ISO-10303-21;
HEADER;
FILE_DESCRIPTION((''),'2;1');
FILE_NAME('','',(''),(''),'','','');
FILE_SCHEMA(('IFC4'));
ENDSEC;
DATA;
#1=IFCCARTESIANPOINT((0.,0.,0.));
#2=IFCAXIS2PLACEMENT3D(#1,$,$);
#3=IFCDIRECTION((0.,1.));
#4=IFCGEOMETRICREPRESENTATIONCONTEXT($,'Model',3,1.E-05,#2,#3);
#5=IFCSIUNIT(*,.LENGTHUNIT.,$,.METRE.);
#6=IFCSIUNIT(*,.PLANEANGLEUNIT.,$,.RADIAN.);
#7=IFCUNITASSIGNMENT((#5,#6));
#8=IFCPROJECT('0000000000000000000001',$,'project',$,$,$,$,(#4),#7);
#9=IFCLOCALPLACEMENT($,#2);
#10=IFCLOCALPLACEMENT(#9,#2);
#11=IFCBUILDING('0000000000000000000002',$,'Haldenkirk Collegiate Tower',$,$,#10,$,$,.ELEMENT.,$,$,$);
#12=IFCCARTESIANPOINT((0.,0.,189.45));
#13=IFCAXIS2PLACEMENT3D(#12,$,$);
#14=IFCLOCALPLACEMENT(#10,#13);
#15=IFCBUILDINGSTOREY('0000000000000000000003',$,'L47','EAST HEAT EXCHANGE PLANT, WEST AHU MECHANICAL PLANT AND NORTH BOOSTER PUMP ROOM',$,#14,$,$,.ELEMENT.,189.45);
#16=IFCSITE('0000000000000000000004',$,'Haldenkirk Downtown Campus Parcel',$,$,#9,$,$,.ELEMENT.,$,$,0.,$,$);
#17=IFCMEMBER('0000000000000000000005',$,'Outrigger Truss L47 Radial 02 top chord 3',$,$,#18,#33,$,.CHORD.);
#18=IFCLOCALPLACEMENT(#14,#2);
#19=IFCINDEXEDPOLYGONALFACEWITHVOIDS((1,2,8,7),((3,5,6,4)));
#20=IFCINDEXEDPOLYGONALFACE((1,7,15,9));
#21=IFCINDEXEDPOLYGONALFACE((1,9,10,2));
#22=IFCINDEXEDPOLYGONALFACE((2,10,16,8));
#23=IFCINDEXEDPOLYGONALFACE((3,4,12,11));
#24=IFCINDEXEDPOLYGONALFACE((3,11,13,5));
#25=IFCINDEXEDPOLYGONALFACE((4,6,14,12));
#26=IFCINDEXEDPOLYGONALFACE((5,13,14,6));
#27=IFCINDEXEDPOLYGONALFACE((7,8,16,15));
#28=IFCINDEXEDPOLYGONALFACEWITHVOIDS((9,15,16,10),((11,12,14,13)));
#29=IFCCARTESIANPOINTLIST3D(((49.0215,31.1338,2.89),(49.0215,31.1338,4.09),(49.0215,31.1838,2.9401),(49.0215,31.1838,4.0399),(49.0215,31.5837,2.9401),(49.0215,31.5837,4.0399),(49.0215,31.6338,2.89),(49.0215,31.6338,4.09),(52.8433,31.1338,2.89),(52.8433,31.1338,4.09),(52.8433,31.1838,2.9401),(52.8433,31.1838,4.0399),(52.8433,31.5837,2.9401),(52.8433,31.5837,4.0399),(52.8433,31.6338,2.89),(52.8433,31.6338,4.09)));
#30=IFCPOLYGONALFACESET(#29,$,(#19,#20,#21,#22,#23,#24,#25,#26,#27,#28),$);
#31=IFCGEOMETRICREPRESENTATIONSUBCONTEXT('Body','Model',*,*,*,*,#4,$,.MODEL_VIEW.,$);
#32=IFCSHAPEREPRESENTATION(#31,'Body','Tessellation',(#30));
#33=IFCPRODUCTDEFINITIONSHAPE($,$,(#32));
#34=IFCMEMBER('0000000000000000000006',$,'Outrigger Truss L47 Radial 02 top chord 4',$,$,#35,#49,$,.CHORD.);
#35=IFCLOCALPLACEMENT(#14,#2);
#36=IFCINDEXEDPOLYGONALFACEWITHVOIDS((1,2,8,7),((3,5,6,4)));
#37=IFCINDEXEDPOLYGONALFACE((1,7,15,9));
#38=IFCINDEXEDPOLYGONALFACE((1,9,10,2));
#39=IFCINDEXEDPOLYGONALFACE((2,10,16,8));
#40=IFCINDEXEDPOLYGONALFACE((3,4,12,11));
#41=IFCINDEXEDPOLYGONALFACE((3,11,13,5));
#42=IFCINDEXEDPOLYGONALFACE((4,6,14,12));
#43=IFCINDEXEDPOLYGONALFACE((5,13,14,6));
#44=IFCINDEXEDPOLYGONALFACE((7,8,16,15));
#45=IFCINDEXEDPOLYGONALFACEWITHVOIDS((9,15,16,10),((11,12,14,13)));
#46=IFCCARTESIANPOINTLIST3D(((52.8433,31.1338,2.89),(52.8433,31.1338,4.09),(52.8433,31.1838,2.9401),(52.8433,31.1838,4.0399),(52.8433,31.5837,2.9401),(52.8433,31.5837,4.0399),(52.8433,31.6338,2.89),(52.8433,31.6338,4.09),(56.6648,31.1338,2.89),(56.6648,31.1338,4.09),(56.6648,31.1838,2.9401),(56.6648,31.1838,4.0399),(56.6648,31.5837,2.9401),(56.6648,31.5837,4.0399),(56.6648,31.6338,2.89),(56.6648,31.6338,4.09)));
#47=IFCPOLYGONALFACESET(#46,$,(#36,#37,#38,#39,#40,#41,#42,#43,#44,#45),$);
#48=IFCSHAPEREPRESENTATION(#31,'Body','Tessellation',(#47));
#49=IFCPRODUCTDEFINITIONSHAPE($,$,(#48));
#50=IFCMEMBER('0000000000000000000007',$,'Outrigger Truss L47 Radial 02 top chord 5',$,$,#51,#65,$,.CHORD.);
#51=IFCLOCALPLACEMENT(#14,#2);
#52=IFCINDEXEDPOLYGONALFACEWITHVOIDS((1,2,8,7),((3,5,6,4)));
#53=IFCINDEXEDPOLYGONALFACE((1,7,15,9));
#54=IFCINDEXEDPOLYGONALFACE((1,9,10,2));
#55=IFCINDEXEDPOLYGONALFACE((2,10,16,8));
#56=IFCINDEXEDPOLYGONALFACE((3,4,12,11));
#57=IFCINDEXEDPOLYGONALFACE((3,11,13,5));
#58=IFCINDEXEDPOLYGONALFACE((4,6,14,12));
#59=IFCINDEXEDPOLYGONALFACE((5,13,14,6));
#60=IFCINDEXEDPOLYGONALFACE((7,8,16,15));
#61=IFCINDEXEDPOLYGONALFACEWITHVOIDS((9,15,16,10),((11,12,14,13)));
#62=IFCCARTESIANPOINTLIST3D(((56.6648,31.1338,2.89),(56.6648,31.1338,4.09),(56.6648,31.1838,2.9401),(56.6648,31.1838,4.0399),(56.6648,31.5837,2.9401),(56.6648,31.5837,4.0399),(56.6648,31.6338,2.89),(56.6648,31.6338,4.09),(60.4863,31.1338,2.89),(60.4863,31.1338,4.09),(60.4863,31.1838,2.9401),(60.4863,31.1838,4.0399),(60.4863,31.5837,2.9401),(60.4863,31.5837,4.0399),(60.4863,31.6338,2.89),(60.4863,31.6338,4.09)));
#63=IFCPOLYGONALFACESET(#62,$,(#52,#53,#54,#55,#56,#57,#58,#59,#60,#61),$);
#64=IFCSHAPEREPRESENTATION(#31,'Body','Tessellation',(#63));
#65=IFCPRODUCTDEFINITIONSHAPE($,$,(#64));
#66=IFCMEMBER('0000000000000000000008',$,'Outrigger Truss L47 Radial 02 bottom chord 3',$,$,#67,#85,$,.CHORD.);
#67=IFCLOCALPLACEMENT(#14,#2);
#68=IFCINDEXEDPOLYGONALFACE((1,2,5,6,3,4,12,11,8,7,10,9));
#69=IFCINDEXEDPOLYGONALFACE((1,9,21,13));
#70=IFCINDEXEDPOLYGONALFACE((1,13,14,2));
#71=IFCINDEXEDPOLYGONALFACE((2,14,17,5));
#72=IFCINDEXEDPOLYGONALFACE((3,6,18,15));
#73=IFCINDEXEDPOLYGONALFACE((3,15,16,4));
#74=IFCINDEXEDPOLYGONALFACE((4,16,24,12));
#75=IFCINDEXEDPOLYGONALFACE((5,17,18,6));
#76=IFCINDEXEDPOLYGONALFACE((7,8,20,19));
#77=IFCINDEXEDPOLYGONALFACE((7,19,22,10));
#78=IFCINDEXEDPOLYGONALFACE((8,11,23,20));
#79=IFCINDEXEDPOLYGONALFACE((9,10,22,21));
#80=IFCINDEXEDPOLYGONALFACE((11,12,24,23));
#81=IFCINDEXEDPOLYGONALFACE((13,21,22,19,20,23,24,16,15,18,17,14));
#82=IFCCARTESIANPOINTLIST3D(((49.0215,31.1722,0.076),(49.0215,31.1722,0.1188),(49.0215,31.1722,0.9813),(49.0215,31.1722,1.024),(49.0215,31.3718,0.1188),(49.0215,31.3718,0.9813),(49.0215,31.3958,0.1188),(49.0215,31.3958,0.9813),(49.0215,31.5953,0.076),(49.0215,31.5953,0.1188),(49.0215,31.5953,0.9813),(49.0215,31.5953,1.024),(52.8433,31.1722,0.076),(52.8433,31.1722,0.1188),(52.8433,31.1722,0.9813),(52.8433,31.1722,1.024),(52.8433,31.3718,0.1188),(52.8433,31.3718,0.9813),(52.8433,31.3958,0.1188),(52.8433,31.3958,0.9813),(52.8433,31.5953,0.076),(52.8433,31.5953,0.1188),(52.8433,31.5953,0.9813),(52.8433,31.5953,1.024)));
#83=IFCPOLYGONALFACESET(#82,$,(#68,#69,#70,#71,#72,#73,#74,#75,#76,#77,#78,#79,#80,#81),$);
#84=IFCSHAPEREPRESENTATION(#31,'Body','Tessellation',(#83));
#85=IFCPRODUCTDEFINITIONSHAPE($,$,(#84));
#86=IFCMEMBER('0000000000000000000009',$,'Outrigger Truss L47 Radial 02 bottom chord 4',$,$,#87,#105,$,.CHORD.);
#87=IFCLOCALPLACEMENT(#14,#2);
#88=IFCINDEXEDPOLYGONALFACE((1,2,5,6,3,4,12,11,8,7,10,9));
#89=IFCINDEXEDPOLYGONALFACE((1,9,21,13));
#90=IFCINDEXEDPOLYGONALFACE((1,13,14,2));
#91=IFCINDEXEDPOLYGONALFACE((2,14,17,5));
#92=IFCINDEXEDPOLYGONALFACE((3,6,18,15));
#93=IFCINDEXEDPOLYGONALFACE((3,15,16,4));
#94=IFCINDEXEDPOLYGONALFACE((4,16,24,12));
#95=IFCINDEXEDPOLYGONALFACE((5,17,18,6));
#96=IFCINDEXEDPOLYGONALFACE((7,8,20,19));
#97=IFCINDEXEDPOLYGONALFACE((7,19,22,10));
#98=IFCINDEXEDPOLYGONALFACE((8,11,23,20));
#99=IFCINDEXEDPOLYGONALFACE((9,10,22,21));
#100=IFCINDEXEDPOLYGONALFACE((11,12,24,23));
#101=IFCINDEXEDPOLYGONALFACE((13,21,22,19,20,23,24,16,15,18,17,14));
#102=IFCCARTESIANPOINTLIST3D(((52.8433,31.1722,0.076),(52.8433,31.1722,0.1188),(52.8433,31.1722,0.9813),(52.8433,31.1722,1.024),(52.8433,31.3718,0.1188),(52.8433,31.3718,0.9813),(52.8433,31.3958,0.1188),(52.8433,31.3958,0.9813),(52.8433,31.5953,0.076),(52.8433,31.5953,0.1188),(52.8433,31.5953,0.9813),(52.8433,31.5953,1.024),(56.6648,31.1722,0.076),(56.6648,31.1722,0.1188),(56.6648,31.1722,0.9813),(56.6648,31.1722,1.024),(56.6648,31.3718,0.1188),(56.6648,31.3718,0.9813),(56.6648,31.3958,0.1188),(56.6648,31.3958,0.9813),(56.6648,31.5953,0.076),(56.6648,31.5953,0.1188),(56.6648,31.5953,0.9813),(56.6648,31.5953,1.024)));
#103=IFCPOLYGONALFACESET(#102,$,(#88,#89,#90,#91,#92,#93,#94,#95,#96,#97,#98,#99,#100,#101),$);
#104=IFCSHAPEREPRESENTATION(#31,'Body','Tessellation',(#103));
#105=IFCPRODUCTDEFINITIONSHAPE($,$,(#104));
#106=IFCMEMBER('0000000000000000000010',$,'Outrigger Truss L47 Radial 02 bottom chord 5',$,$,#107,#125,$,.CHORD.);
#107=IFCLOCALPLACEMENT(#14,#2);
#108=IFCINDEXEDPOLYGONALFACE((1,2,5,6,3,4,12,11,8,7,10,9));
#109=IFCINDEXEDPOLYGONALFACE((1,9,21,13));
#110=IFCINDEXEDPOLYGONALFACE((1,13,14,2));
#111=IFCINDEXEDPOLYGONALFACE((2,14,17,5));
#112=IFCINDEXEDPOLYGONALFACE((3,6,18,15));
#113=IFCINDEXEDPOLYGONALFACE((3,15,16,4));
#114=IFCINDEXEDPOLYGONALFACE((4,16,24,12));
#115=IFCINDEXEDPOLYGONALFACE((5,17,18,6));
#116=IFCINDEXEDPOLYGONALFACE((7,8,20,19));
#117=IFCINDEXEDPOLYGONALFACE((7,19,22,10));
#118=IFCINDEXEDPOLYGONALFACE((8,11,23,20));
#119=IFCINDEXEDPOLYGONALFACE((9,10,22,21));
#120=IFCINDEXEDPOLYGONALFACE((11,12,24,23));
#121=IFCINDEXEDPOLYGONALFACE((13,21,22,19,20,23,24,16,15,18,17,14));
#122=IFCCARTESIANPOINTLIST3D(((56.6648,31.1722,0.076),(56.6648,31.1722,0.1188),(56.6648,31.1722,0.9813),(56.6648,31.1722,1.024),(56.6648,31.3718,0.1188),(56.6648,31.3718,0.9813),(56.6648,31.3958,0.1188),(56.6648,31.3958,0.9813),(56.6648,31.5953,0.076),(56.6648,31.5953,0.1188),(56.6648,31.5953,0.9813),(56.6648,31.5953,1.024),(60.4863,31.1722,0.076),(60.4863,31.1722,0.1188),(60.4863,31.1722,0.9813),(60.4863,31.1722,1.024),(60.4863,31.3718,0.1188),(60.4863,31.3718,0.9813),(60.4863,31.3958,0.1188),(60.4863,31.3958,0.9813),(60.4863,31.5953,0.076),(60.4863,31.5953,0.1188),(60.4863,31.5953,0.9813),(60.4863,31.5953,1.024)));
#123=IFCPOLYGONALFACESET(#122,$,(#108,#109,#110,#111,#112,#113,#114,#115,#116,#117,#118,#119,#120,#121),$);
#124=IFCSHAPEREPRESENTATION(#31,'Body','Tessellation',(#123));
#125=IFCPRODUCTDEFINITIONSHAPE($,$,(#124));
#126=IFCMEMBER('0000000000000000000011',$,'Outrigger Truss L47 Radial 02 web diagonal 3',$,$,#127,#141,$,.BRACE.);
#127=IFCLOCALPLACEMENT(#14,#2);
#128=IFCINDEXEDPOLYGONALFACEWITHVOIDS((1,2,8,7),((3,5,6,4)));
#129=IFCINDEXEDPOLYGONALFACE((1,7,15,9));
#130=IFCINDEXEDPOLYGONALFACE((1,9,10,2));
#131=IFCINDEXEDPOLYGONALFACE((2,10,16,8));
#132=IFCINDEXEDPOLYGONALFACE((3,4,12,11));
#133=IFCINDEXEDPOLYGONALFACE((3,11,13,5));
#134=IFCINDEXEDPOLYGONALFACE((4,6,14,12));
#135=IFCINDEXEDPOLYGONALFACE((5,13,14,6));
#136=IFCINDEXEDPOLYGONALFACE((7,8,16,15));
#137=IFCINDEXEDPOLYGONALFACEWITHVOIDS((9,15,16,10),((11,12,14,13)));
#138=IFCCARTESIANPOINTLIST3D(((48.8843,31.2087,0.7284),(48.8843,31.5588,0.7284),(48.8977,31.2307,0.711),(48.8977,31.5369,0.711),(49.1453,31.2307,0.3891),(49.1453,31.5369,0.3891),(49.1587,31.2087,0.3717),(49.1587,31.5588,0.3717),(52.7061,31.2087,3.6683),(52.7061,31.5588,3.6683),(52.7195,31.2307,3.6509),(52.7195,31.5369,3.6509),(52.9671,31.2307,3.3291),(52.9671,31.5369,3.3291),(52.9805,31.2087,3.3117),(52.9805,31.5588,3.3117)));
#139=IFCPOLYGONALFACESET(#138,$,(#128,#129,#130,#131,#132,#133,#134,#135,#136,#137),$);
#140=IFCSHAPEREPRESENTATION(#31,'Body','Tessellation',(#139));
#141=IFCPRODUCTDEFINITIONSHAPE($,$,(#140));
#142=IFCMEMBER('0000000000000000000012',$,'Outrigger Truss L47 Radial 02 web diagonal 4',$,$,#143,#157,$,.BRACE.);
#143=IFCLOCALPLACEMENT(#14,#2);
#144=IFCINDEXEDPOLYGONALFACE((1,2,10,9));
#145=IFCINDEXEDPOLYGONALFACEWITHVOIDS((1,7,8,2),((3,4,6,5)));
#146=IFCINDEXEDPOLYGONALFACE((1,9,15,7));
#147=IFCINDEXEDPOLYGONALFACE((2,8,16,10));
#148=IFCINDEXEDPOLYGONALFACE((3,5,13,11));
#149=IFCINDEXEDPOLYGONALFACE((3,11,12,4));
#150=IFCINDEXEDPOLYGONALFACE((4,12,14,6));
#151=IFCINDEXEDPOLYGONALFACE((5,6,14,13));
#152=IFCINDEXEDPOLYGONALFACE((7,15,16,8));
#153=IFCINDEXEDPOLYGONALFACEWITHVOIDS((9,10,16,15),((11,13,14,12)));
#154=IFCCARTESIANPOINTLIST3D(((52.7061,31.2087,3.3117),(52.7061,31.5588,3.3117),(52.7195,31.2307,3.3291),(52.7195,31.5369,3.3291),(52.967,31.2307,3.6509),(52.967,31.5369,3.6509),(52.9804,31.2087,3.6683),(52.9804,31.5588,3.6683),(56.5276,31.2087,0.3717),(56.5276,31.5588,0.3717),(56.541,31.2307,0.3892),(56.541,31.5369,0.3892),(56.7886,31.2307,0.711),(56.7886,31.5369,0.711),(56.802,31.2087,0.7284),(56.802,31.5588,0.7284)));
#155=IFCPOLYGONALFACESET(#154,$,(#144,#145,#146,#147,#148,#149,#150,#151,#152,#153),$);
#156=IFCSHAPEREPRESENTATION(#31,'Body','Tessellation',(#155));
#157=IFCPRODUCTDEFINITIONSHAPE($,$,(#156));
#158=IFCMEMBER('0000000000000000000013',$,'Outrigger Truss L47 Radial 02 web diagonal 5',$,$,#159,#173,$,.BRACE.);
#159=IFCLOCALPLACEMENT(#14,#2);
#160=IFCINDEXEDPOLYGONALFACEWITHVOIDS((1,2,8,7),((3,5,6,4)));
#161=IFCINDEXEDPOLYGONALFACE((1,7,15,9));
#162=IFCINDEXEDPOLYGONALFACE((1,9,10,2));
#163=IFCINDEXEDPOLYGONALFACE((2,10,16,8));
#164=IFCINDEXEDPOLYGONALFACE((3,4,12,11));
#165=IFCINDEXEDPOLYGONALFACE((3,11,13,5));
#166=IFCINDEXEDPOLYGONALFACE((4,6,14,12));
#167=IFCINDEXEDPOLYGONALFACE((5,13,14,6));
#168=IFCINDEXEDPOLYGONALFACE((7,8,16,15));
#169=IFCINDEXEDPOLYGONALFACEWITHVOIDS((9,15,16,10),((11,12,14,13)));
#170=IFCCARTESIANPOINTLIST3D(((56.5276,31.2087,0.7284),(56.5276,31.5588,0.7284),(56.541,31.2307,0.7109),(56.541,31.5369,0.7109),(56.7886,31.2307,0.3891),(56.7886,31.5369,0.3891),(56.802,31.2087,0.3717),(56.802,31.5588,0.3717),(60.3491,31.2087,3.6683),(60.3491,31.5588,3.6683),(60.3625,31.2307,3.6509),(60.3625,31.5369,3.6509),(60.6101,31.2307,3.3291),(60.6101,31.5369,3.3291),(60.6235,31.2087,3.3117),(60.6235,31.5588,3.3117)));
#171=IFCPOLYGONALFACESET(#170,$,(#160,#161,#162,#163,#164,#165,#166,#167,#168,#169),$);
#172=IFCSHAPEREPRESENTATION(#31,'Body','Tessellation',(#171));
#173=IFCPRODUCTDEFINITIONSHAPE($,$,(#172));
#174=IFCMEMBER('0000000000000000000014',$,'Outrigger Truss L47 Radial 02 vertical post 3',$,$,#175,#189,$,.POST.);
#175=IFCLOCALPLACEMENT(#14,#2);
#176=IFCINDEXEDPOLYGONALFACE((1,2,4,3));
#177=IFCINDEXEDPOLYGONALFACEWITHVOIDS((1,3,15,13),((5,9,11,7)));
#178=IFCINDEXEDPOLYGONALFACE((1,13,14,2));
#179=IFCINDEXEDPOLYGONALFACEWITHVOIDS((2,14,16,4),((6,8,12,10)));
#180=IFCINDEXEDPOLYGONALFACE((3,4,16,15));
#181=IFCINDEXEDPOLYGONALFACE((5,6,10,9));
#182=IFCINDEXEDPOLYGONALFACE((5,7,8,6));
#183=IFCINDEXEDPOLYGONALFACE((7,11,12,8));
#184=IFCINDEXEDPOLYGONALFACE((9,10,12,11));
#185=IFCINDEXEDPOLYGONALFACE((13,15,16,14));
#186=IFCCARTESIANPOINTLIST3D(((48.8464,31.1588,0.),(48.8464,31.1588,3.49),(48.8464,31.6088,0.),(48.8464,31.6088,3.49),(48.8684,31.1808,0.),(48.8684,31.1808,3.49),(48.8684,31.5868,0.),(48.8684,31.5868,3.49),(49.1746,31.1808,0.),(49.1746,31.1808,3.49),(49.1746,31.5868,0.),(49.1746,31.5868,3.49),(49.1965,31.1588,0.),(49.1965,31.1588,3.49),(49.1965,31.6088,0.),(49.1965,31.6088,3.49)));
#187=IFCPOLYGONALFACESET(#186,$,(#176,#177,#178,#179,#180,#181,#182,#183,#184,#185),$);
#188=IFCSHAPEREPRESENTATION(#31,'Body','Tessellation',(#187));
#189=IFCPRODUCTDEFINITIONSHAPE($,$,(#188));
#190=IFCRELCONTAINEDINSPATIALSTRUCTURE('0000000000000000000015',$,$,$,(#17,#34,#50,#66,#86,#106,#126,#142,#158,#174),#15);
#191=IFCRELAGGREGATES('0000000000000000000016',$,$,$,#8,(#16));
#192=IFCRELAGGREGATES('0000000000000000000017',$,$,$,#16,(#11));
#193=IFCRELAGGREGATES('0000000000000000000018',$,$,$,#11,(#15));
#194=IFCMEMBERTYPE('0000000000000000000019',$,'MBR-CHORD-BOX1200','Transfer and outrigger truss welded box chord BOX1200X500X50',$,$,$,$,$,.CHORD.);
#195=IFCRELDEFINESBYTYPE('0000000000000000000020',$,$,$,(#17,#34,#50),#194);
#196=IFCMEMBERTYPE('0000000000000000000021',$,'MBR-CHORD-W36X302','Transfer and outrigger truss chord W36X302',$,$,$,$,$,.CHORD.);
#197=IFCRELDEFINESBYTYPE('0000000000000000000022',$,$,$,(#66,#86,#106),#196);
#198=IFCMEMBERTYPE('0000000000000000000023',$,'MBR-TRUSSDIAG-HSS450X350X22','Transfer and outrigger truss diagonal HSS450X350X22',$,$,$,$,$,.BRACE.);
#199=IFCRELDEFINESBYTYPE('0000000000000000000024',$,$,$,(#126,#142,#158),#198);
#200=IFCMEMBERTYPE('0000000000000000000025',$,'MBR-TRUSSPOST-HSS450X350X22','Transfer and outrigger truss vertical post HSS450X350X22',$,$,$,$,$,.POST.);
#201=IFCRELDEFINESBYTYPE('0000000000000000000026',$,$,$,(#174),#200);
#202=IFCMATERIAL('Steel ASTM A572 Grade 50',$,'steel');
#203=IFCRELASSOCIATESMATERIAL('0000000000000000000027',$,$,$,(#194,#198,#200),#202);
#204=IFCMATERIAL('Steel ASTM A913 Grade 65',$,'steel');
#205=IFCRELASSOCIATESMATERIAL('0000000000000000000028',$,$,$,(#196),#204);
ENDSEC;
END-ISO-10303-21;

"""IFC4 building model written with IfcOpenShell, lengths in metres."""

from ifc_helpers import new_model, si_unit, direction, frame, origin, origin_2d, place, context, subcontext, project, spatial, hollow_rectangle, i_section, extrude, material, material_profile, profile_set, type_object, element, save


model = new_model("IFC4")

# Units and contexts
model_context = context("Model", 3, precision=1e-05, world=origin(), true_north=direction((0.0, 1.0)))
body_context = subcontext(model_context, "Body", "Model", "MODEL_VIEW")
ifc_project = project(units=[si_unit("LENGTHUNIT", "METRE"), si_unit("PLANEANGLEUNIT", "RADIAN")], contexts=[model_context])

# Site, building, storey
site_placement = place(None, origin())
site = spatial("IfcSite", under=ifc_project, at=site_placement, Name="Haldenkirk Downtown Campus Parcel", CompositionType="ELEMENT", RefElevation=0.0)
building_placement = place(site_placement, origin())
building = spatial("IfcBuilding", under=site, at=building_placement, Name="Haldenkirk Collegiate Tower", CompositionType="ELEMENT")
storey_placement = place(building_placement, frame((0.0, 0.0, 189.45)))
storey = spatial("IfcBuildingStorey", under=building, at=storey_placement, Name="L47", Description="EAST HEAT EXCHANGE PLANT, WEST AHU MECHANICAL PLANT AND NORTH BOOSTER PUMP ROOM", CompositionType="ELEMENT", Elevation=189.45)

# Members
ifc_material_1 = material(Name="Steel ASTM A572 Grade 50", Category="steel")
ifc_material_profile_1 = material_profile(ifc_material_1, hollow_rectangle(XDim=0.5, YDim=1.2, WallThickness=0.05, at=origin_2d()), Name="BOX1200X500X50")
ifc_profile_set_1 = profile_set([ifc_material_profile_1], Name="Steel ASTM A572 Grade 50")
member_type_1 = type_object("IfcMemberType", Name="MBR-CHORD-BOX1200", Description="Transfer and outrigger truss welded box chord BOX1200X500X50", PredefinedType="CHORD", material=ifc_profile_set_1)
member_1_placement = place(storey_placement, frame((49.0215, 31.3838, 3.49), z_axis=(1.0, 0.0, 0.0), x_axis=(0.0, 1.0, 0.0)))
element("IfcMember", 1, at=member_1_placement, inside=storey, type_object=member_type_1, Name="Outrigger Truss L47 Radial 02 top chord 3", PredefinedType="CHORD", context=body_context, shape_type="SweptSolid", body=[
    extrude(hollow_rectangle(XDim=0.5, YDim=1.2, WallThickness=0.05, at=origin_2d()), origin(), (0.0, 0.0, 1.0), 3.8218),
])
for number, where, z_axis, x_axis, name in (
    (2, (52.8433, 31.3838, 3.49), (1.0, 0.0, 0.0), (0.0, 1.0, 0.0), "Outrigger Truss L47 Radial 02 top chord 4"),
    (3, (56.6648, 31.3838, 3.49), (1.0, 0.0, 0.0), (0.0, 1.0, 0.0), "Outrigger Truss L47 Radial 02 top chord 5"),
):
    element("IfcMember", number, at=place(storey_placement, frame(where, z_axis=z_axis, x_axis=x_axis)), inside=storey, type_object=member_type_1, Name=name, PredefinedType="CHORD", context=body_context, shape_type="SweptSolid", body=[
        extrude(hollow_rectangle(XDim=0.5, YDim=1.2, WallThickness=0.05, at=origin_2d()), origin(), (0.0, 0.0, 1.0), 3.8215),
    ])
ifc_material_2 = material(Name="Steel ASTM A913 Grade 65", Category="steel")
ifc_material_profile_2 = material_profile(ifc_material_2, i_section(OverallWidth=0.4231, OverallDepth=0.948, WebThickness=0.0239, FlangeThickness=0.0427, at=origin_2d()), Name="W36X302")
ifc_profile_set_2 = profile_set([ifc_material_profile_2], Name="Steel ASTM A913 Grade 65")
member_type_2 = type_object("IfcMemberType", Name="MBR-CHORD-W36X302", Description="Transfer and outrigger truss chord W36X302", PredefinedType="CHORD", material=ifc_profile_set_2)
member_2_placement = place(storey_placement, frame((49.0215, 31.3838, 0.55), z_axis=(1.0, 0.0, 0.0), x_axis=(0.0, 1.0, 0.0)))
element("IfcMember", 4, at=member_2_placement, inside=storey, type_object=member_type_2, Name="Outrigger Truss L47 Radial 02 bottom chord 3", PredefinedType="CHORD", context=body_context, shape_type="SweptSolid", body=[
    extrude(i_section(OverallWidth=0.4231, OverallDepth=0.948, WebThickness=0.0239, FlangeThickness=0.0427, at=origin_2d()), origin(), (0.0, 0.0, 1.0), 3.8218),
])
for number, where, z_axis, x_axis, name in (
    (5, (52.8433, 31.3838, 0.55), (1.0, 0.0, 0.0), (0.0, 1.0, 0.0), "Outrigger Truss L47 Radial 02 bottom chord 4"),
    (6, (56.6648, 31.3838, 0.55), (1.0, 0.0, 0.0), (0.0, 1.0, 0.0), "Outrigger Truss L47 Radial 02 bottom chord 5"),
):
    element("IfcMember", number, at=place(storey_placement, frame(where, z_axis=z_axis, x_axis=x_axis)), inside=storey, type_object=member_type_2, Name=name, PredefinedType="CHORD", context=body_context, shape_type="SweptSolid", body=[
        extrude(i_section(OverallWidth=0.4231, OverallDepth=0.948, WebThickness=0.0239, FlangeThickness=0.0427, at=origin_2d()), origin(), (0.0, 0.0, 1.0), 3.8215),
    ])
ifc_material_profile_3 = material_profile(ifc_material_1, hollow_rectangle(XDim=0.3501, YDim=0.45, WallThickness=0.022, at=origin_2d()), Name="HSS450X350X22")
ifc_profile_set_3 = profile_set([ifc_material_profile_3], Name="Steel ASTM A572 Grade 50")
member_type_3 = type_object("IfcMemberType", Name="MBR-TRUSSDIAG-HSS450X350X22", Description="Transfer and outrigger truss diagonal HSS450X350X22", PredefinedType="BRACE", material=ifc_profile_set_3)
member_3_placement = place(storey_placement, frame((49.0215, 31.3838, 0.55), z_axis=(0.792613, 0.0, 0.609725), x_axis=(0.0, 1.0, 0.0)))
element("IfcMember", 7, at=member_3_placement, inside=storey, type_object=member_type_3, Name="Outrigger Truss L47 Radial 02 web diagonal 3", PredefinedType="BRACE", context=body_context, shape_type="SweptSolid", body=[
    extrude(hollow_rectangle(XDim=0.3501, YDim=0.45, WallThickness=0.022, at=origin_2d()), origin(), (0.0, 0.0, 1.0), 4.8218),
])
for number, where, z_axis, x_axis, name in (
    (8, (52.8433, 31.3838, 3.49), (0.792594, 0.0, -0.60975), (0.0, 1.0, 0.0), "Outrigger Truss L47 Radial 02 web diagonal 4"),
    (9, (56.6648, 31.3838, 0.55), (0.792594, 0.0, 0.60975), (0.0, 1.0, 0.0), "Outrigger Truss L47 Radial 02 web diagonal 5"),
):
    element("IfcMember", number, at=place(storey_placement, frame(where, z_axis=z_axis, x_axis=x_axis)), inside=storey, type_object=member_type_3, Name=name, PredefinedType="BRACE", context=body_context, shape_type="SweptSolid", body=[
        extrude(hollow_rectangle(XDim=0.3501, YDim=0.45, WallThickness=0.022, at=origin_2d()), origin(), (0.0, 0.0, 1.0), 4.8215),
    ])
ifc_material_profile_4 = material_profile(ifc_material_1, hollow_rectangle(XDim=0.3501, YDim=0.45, WallThickness=0.022, at=origin_2d()), Name="HSS450X350X22")
ifc_profile_set_4 = profile_set([ifc_material_profile_4], Name="Steel ASTM A572 Grade 50")
member_type_4 = type_object("IfcMemberType", Name="MBR-TRUSSPOST-HSS450X350X22", Description="Transfer and outrigger truss vertical post HSS450X350X22", PredefinedType="POST", material=ifc_profile_set_4)
for number, where, z_axis, x_axis, name in (
    (10, (49.0215, 31.3838, 0.0), (0.0, 0.0, 1.0), (1.0, 0.0, 0.0), "Outrigger Truss L47 Radial 02 vertical post 3"),
):
    element("IfcMember", number, at=place(storey_placement, frame(where, z_axis=z_axis, x_axis=x_axis)), inside=storey, type_object=member_type_4, Name=name, PredefinedType="POST", context=body_context, shape_type="SweptSolid", body=[
        extrude(hollow_rectangle(XDim=0.3501, YDim=0.45, WallThickness=0.022, at=origin_2d()), origin(), (0.0, 0.0, 1.0), 3.49),
    ])

save(model, "model.ifc")
